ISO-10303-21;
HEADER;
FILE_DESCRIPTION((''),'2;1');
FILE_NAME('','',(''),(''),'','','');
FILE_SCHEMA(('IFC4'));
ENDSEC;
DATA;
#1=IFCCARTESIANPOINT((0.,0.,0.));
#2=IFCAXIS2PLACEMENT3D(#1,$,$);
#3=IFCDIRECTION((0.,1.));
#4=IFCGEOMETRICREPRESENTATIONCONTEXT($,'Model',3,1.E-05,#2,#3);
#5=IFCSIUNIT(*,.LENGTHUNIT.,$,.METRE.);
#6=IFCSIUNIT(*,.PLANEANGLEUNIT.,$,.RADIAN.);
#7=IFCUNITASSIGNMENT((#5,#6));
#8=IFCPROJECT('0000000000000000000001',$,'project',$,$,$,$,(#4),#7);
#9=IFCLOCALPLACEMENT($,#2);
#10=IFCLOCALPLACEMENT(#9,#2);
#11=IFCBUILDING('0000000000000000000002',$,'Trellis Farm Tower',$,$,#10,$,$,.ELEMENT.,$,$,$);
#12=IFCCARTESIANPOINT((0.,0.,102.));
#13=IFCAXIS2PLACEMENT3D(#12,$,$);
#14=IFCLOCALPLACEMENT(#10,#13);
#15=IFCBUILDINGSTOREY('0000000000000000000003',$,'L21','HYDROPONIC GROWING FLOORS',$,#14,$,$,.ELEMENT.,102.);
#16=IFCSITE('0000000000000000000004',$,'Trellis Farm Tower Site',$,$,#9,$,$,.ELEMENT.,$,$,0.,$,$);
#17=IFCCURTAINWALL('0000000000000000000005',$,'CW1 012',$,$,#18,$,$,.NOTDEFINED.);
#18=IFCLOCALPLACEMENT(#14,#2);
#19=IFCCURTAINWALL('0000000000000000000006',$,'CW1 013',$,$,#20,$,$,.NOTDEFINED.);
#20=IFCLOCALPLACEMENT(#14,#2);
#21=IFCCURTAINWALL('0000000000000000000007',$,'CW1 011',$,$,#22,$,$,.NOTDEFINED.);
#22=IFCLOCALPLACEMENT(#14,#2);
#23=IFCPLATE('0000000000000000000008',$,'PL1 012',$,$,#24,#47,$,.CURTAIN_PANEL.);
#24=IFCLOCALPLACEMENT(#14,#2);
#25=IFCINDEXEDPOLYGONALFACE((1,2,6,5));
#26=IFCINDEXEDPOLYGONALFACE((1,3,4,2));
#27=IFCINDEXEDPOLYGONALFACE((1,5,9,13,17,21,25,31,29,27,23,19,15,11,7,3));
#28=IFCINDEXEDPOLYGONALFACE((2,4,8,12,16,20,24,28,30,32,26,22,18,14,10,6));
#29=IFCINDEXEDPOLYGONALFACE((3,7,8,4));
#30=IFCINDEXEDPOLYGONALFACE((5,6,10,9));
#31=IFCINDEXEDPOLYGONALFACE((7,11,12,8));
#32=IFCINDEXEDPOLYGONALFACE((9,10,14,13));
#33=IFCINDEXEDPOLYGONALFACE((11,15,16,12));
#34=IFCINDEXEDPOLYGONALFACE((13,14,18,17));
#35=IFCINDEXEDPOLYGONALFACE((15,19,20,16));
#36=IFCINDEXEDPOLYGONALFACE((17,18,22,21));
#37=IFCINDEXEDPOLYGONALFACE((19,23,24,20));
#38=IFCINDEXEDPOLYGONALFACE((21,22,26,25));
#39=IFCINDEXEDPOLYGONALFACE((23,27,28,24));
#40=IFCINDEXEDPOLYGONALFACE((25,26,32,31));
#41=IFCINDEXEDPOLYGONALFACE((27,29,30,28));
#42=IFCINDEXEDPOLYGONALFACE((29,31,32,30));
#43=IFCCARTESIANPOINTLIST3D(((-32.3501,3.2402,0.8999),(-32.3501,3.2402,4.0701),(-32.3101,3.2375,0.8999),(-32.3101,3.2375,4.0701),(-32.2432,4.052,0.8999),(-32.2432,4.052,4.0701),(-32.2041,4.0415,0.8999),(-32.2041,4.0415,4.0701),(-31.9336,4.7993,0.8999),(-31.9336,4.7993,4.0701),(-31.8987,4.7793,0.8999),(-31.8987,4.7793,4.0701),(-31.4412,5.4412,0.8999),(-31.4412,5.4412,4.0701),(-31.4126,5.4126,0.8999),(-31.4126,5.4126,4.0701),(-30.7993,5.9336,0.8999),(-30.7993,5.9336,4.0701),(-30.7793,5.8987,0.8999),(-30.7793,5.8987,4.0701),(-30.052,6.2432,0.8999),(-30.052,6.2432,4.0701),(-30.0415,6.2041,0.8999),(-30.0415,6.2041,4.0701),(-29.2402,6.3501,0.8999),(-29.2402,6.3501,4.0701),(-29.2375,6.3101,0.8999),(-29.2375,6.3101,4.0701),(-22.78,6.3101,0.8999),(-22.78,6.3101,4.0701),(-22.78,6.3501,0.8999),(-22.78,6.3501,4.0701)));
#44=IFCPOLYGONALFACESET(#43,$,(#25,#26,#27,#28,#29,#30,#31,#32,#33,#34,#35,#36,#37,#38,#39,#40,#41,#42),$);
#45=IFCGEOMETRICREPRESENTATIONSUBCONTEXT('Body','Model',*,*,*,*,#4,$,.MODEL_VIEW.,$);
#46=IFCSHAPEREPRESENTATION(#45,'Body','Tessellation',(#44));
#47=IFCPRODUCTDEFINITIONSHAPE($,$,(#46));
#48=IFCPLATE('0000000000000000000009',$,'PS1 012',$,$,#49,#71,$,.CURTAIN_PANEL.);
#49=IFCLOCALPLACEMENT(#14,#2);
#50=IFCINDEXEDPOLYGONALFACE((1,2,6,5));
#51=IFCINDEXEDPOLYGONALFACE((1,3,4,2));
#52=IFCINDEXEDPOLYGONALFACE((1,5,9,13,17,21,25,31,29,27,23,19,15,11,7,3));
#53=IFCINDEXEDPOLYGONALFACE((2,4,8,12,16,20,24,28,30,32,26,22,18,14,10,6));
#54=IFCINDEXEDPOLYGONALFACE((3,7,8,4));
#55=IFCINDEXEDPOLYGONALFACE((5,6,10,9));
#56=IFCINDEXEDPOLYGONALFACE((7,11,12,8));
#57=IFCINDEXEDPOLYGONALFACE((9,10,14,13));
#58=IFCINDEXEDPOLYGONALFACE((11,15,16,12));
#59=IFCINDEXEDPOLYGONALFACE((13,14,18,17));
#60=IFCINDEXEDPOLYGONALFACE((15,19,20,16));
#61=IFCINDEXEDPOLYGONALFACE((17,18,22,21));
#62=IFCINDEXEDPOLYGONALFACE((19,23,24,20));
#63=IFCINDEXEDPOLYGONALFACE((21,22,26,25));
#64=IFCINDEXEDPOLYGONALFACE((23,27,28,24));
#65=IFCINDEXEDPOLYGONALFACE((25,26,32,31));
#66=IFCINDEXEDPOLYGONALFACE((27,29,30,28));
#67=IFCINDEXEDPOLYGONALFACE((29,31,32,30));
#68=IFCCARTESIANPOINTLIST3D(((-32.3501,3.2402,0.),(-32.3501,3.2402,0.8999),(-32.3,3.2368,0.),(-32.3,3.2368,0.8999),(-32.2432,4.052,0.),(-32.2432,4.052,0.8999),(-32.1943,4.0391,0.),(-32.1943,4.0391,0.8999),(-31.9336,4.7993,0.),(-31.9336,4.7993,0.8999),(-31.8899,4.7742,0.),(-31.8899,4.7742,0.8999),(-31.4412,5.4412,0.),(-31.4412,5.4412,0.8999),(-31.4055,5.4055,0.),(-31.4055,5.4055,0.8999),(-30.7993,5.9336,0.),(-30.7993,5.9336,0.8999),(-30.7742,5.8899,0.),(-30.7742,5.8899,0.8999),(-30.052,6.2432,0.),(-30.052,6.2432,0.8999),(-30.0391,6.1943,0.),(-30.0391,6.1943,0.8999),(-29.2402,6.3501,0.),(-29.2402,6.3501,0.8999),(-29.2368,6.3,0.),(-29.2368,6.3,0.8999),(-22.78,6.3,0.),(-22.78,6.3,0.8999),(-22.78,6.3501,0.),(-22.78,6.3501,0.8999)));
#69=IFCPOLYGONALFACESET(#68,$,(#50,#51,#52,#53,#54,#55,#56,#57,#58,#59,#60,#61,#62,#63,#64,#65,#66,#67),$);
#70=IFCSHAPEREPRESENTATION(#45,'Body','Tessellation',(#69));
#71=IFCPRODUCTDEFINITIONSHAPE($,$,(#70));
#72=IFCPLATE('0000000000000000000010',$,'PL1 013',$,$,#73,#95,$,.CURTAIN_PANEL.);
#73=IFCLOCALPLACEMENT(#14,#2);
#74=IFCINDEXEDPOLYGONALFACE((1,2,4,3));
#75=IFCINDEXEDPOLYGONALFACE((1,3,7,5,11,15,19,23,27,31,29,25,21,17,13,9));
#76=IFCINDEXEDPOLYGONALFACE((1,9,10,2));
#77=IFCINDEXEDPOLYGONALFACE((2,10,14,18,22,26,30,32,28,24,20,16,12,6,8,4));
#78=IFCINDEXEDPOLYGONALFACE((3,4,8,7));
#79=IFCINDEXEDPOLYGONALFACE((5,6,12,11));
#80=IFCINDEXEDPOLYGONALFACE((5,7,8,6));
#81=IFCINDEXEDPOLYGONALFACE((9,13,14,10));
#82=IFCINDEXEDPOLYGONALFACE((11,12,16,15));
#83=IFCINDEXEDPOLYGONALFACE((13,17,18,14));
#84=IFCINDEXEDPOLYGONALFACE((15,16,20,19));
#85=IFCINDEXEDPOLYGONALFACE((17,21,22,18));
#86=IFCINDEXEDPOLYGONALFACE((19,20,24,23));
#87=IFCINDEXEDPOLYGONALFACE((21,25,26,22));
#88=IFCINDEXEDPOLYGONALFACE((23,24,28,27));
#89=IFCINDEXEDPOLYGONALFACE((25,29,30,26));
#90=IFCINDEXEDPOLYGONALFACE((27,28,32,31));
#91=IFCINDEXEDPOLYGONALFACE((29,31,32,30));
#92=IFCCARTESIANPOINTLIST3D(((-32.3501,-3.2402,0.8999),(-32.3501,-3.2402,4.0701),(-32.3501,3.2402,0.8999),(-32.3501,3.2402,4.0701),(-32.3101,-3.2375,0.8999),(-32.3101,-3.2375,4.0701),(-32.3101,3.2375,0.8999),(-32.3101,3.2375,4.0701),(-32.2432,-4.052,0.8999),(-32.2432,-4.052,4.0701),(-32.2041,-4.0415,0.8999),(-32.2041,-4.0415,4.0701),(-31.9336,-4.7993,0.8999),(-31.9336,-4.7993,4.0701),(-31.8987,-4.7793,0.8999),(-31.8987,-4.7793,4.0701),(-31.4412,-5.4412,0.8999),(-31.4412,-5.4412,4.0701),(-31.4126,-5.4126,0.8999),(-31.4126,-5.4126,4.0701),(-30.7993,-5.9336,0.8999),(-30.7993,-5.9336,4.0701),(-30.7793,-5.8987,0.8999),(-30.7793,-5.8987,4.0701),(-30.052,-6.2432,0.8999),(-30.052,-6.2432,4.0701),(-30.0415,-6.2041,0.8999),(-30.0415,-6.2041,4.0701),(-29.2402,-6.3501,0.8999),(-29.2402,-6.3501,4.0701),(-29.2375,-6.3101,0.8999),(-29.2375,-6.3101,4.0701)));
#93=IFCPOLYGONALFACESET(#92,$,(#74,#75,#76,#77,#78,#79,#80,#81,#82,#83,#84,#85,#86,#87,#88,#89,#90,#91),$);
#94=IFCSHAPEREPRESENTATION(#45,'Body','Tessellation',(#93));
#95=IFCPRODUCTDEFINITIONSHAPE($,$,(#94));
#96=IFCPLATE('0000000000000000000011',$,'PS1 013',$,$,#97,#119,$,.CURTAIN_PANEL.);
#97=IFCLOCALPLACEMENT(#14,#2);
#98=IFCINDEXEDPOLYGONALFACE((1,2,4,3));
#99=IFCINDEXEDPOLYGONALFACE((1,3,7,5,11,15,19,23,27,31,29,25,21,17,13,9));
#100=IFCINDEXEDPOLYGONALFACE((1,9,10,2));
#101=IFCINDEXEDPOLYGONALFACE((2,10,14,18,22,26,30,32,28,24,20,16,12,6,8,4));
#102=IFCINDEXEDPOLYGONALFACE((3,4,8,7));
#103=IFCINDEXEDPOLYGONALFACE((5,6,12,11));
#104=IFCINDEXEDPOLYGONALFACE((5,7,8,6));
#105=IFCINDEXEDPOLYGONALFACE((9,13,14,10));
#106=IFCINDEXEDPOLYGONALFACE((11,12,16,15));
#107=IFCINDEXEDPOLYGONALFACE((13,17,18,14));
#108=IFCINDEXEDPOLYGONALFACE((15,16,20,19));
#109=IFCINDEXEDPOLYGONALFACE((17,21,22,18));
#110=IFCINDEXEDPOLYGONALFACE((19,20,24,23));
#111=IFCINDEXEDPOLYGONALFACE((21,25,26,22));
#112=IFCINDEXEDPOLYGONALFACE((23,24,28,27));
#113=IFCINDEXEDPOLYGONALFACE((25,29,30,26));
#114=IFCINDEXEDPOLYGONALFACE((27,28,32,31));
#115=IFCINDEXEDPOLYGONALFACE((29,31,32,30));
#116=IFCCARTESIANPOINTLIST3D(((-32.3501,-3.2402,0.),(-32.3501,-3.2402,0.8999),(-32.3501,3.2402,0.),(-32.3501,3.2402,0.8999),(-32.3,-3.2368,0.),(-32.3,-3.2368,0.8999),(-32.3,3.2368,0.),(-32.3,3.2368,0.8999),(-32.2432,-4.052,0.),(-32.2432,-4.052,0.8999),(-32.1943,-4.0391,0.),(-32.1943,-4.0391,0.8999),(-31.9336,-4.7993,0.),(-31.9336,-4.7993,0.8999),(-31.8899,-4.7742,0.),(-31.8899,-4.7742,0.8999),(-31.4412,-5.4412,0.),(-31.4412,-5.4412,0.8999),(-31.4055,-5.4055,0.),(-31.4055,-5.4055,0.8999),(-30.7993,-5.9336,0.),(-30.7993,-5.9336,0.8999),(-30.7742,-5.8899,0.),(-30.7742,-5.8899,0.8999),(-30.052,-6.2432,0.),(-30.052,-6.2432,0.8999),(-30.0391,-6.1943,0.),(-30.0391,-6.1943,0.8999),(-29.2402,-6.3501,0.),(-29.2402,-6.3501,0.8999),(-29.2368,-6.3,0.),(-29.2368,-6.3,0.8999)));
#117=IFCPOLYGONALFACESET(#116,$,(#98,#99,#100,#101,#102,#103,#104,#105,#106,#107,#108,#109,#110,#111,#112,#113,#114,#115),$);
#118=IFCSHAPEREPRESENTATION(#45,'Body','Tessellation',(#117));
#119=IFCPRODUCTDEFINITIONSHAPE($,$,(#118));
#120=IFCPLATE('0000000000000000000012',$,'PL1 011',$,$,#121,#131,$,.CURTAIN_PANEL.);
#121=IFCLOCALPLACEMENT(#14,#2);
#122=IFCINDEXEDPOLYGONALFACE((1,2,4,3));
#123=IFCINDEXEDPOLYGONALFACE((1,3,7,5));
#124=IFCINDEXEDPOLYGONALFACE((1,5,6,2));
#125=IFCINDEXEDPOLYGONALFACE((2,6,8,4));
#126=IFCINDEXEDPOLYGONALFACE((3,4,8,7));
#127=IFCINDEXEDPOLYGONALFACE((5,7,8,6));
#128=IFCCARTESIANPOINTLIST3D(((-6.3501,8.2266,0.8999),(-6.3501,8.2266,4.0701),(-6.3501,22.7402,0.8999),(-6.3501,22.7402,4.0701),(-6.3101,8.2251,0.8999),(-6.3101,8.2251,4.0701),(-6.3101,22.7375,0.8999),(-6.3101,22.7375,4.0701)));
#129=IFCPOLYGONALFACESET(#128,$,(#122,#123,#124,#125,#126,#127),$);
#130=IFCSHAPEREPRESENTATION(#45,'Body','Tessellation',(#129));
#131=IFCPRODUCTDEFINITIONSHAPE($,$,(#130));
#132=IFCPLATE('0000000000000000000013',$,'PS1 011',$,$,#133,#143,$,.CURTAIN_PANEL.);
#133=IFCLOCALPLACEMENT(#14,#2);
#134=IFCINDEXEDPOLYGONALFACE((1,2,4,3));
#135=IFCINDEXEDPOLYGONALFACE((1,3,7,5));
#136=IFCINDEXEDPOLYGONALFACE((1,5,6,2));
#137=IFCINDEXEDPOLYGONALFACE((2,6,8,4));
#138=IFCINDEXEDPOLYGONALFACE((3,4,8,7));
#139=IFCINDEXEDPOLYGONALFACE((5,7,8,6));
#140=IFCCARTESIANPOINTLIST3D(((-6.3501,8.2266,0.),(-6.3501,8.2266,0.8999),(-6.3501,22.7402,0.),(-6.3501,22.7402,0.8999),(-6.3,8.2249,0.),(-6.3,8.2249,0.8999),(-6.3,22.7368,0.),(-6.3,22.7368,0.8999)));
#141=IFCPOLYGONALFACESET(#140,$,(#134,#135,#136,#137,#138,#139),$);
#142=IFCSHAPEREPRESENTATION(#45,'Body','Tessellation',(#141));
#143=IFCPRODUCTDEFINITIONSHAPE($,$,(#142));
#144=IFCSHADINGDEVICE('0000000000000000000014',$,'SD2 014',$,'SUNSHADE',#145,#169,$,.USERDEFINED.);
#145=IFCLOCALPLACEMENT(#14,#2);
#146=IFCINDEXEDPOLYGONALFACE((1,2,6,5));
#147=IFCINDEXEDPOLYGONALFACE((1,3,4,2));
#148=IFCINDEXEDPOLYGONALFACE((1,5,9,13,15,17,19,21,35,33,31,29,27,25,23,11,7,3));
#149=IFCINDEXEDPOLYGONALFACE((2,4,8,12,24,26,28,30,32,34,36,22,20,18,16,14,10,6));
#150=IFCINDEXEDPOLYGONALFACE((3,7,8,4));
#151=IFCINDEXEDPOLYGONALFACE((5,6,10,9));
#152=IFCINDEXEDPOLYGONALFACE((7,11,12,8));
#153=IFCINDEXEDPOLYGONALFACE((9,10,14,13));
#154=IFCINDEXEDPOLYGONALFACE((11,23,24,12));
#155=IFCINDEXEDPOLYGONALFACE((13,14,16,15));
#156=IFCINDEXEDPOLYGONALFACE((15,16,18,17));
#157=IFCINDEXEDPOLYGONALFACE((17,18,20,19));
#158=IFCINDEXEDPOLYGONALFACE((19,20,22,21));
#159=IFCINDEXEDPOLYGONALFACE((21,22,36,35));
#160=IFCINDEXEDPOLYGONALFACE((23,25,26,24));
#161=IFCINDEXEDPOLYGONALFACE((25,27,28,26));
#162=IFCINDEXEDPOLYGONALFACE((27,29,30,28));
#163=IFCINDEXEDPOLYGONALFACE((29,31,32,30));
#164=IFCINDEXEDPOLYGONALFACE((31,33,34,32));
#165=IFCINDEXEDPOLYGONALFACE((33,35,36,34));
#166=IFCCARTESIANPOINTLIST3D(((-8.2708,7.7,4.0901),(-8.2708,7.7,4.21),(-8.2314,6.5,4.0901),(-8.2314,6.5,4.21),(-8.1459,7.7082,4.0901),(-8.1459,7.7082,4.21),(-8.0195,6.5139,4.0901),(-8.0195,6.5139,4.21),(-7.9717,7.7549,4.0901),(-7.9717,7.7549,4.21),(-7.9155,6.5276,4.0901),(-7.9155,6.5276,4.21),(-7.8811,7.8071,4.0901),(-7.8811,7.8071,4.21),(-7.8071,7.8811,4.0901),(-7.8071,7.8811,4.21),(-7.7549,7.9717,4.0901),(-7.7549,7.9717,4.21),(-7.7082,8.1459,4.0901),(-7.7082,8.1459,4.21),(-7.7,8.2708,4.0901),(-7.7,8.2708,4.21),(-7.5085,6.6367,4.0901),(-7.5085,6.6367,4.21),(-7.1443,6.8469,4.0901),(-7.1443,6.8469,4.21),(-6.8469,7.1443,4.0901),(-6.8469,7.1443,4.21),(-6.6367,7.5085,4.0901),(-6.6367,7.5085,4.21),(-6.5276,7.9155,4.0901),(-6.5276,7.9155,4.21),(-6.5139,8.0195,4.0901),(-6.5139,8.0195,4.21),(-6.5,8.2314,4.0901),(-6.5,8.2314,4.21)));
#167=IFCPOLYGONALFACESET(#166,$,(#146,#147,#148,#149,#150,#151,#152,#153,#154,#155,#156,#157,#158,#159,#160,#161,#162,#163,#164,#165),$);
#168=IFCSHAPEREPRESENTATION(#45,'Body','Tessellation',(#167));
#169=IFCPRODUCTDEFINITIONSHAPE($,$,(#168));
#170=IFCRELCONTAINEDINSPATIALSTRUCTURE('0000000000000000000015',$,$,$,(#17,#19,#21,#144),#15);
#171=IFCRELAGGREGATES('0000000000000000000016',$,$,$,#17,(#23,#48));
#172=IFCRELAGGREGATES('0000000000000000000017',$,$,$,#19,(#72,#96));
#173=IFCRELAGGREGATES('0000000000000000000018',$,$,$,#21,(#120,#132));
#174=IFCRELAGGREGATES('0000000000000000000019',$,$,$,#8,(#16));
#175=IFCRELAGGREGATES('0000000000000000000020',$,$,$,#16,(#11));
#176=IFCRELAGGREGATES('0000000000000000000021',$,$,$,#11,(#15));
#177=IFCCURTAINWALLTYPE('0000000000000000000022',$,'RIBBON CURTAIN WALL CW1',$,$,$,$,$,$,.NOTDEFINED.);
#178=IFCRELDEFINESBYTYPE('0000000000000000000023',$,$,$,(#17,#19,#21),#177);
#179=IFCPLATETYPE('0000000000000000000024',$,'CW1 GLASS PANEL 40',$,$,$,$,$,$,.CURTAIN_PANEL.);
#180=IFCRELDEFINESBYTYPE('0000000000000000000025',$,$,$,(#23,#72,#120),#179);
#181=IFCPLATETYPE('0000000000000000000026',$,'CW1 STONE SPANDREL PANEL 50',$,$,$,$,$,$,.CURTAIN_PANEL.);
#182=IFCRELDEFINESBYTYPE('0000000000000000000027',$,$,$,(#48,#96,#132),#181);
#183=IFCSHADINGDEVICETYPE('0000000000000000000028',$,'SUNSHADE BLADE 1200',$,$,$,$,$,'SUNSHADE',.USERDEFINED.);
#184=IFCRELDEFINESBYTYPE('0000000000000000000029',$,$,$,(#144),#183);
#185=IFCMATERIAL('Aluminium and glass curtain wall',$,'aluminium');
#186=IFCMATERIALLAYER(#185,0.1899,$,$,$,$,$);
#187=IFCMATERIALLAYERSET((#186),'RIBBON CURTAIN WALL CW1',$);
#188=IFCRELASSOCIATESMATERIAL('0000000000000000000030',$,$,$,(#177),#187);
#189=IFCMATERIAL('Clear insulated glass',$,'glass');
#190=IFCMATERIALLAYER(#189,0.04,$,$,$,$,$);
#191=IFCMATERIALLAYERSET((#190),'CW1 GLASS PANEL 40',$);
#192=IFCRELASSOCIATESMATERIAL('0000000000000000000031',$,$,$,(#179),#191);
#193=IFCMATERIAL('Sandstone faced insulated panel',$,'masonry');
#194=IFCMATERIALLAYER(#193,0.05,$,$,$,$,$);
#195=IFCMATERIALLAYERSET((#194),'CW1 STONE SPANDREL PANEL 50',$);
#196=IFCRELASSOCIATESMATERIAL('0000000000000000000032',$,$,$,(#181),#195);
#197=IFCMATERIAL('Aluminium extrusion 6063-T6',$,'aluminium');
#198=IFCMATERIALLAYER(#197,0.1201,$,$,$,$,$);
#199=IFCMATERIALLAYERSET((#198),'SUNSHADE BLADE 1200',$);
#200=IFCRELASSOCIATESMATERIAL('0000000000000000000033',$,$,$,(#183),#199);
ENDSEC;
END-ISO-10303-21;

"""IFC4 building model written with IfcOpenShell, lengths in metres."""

from ifc_helpers import new_model, si_unit, direction, frame, origin, place, context, subcontext, project, spatial, polyline, outline, extrude, source, transform, mapped, material, layer, layer_set, type_object, element, aggregate, save


model = new_model("IFC4")

# Units and contexts
model_context = context("Model", 3, precision=1e-05, world=origin(), true_north=direction((0.0, 1.0)))
body_context = subcontext(model_context, "Body", "Model", "MODEL_VIEW")
ifc_project = project(units=[si_unit("LENGTHUNIT", "METRE"), si_unit("PLANEANGLEUNIT", "RADIAN")], contexts=[model_context])

# Site, building, storey
site_placement = place(None, origin())
site = spatial("IfcSite", under=ifc_project, at=site_placement, Name="Trellis Farm Tower Site", CompositionType="ELEMENT", RefElevation=0.0)
building_placement = place(site_placement, origin())
building = spatial("IfcBuilding", under=site, at=building_placement, Name="Trellis Farm Tower", CompositionType="ELEMENT")
storey_placement = place(building_placement, frame((0.0, 0.0, 102.0)))
storey = spatial("IfcBuildingStorey", under=building, at=storey_placement, Name="L21", Description="HYDROPONIC GROWING FLOORS", CompositionType="ELEMENT", Elevation=102.0)

# Curtain walls
ifc_material_1 = material(Name="Aluminium and glass curtain wall", Category="aluminium")
placement_1 = place(storey_placement, origin())
ifc_material_2 = material(Name="Aluminium extrusion 6063-T6", Category="aluminium")
ifc_layer_1 = layer(ifc_material_1, 0.1899)
ifc_layer_set_1 = layer_set([ifc_layer_1], Name="RIBBON CURTAIN WALL CW1")
curtain_wall_type_1 = type_object("IfcCurtainWallType", Name="RIBBON CURTAIN WALL CW1", PredefinedType="NOTDEFINED", material=ifc_layer_set_1)
curtain_wall_1 = element("IfcCurtainWall", 1, at=placement_1, inside=storey, type_object=curtain_wall_type_1, Name="CW1 012", PredefinedType="NOTDEFINED")
curtain_wall_2 = element("IfcCurtainWall", 2, at=placement_1, inside=storey, type_object=curtain_wall_type_1, Name="CW1 013", PredefinedType="NOTDEFINED")
curtain_wall_3 = element("IfcCurtainWall", 3, at=placement_1, inside=storey, type_object=curtain_wall_type_1, Name="CW1 011", PredefinedType="NOTDEFINED")

# Plates
ifc_material_3 = material(Name="Clear insulated glass", Category="glass")
ifc_layer_2 = layer(ifc_material_3, 0.04)
ifc_layer_set_2 = layer_set([ifc_layer_2], Name="CW1 GLASS PANEL 40")
plate_type_1 = type_object("IfcPlateType", Name="CW1 GLASS PANEL 40", PredefinedType="CURTAIN_PANEL", material=ifc_layer_set_2)
shared_shape_1 = source(origin(), body_context, "Body", "SweptSolid", [
    extrude(outline(polyline([(-22.78, 6.3501), (-29.2402, 6.3501), (-30.052, 6.2432), (-30.7993, 5.9336), (-31.4412, 5.4412), (-31.9336, 4.7993), (-32.2432, 4.052), (-32.3501, 3.2402), (-32.3101, 3.2375), (-32.2041, 4.0415), (-31.8987, 4.7793), (-31.4126, 5.4126), (-30.7793, 5.8987), (-30.0415, 6.2041), (-29.2375, 6.3101), (-22.78, 6.3101), (-22.78, 6.3501)])), origin(), (0.0, 0.0, 1.0), 3.1702),
])
placement_2 = place(storey_placement, frame((0.0, 0.0, 0.8999)))
plate_1 = element("IfcPlate", 4, at=placement_2, type_object=plate_type_1, Name="PL1 012", PredefinedType="CURTAIN_PANEL", context=body_context, shape_type="MappedRepresentation", body=[
    mapped(shared_shape_1, transform((0.0, 0.0, 0.0))),
])
ifc_material_4 = material(Name="Sandstone faced insulated panel", Category="masonry")
ifc_layer_3 = layer(ifc_material_4, 0.05)
ifc_layer_set_3 = layer_set([ifc_layer_3], Name="CW1 STONE SPANDREL PANEL 50")
plate_type_2 = type_object("IfcPlateType", Name="CW1 STONE SPANDREL PANEL 50", PredefinedType="CURTAIN_PANEL", material=ifc_layer_set_3)
shared_shape_2 = source(origin(), body_context, "Body", "SweptSolid", [
    extrude(outline(polyline([(-22.78, 6.3501), (-29.2402, 6.3501), (-30.052, 6.2432), (-30.7993, 5.9336), (-31.4412, 5.4412), (-31.9336, 4.7993), (-32.2432, 4.052), (-32.3501, 3.2402), (-32.3, 3.2368), (-32.1943, 4.0391), (-31.8899, 4.7742), (-31.4055, 5.4055), (-30.7742, 5.8899), (-30.0391, 6.1943), (-29.2368, 6.3), (-22.78, 6.3), (-22.78, 6.3501)])), origin(), (0.0, 0.0, 1.0), 0.8999),
])
plate_2 = element("IfcPlate", 5, at=placement_1, type_object=plate_type_2, Name="PS1 012", PredefinedType="CURTAIN_PANEL", context=body_context, shape_type="MappedRepresentation", body=[
    mapped(shared_shape_2, transform((0.0, 0.0, 0.0))),
])
aggregate(curtain_wall_1, [plate_1, plate_2])
shared_shape_3 = source(origin(), body_context, "Body", "SweptSolid", [
    extrude(outline(polyline([(-32.3501, 3.2402), (-32.3501, -3.2402), (-32.2432, -4.052), (-31.9336, -4.7993), (-31.4412, -5.4412), (-30.7993, -5.9336), (-30.052, -6.2432), (-29.2402, -6.3501), (-29.2375, -6.3101), (-30.0415, -6.2041), (-30.7793, -5.8987), (-31.4126, -5.4126), (-31.8987, -4.7793), (-32.2041, -4.0415), (-32.3101, -3.2375), (-32.3101, 3.2375), (-32.3501, 3.2402)])), origin(), (0.0, 0.0, 1.0), 3.1702),
])
plate_3 = element("IfcPlate", 6, at=placement_2, type_object=plate_type_1, Name="PL1 013", PredefinedType="CURTAIN_PANEL", context=body_context, shape_type="MappedRepresentation", body=[
    mapped(shared_shape_3, transform((0.0, 0.0, 0.0))),
])
shared_shape_4 = source(origin(), body_context, "Body", "SweptSolid", [
    extrude(outline(polyline([(-32.3501, 3.2402), (-32.3501, -3.2402), (-32.2432, -4.052), (-31.9336, -4.7993), (-31.4412, -5.4412), (-30.7993, -5.9336), (-30.052, -6.2432), (-29.2402, -6.3501), (-29.2368, -6.3), (-30.0391, -6.1943), (-30.7742, -5.8899), (-31.4055, -5.4055), (-31.8899, -4.7742), (-32.1943, -4.0391), (-32.3, -3.2368), (-32.3, 3.2368), (-32.3501, 3.2402)])), origin(), (0.0, 0.0, 1.0), 0.8999),
])
plate_4 = element("IfcPlate", 7, at=placement_1, type_object=plate_type_2, Name="PS1 013", PredefinedType="CURTAIN_PANEL", context=body_context, shape_type="MappedRepresentation", body=[
    mapped(shared_shape_4, transform((0.0, 0.0, 0.0))),
])
aggregate(curtain_wall_2, [plate_3, plate_4])
shared_shape_5 = source(origin(), body_context, "Body", "SweptSolid", [
    extrude(outline(polyline([(-6.3501, 22.7402), (-6.3501, 8.2266), (-6.3101, 8.2251), (-6.3101, 22.7375), (-6.3501, 22.7402)])), origin(), (0.0, 0.0, 1.0), 3.1702),
])
plate_5 = element("IfcPlate", 8, at=placement_2, type_object=plate_type_1, Name="PL1 011", PredefinedType="CURTAIN_PANEL", context=body_context, shape_type="MappedRepresentation", body=[
    mapped(shared_shape_5, transform((0.0, 0.0, 0.0))),
])
shared_shape_6 = source(origin(), body_context, "Body", "SweptSolid", [
    extrude(outline(polyline([(-6.3501, 22.7402), (-6.3501, 8.2266), (-6.3, 8.2249), (-6.3, 22.7368), (-6.3501, 22.7402)])), origin(), (0.0, 0.0, 1.0), 0.8999),
])
plate_6 = element("IfcPlate", 9, at=placement_1, type_object=plate_type_2, Name="PS1 011", PredefinedType="CURTAIN_PANEL", context=body_context, shape_type="MappedRepresentation", body=[
    mapped(shared_shape_6, transform((0.0, 0.0, 0.0))),
])
aggregate(curtain_wall_3, [plate_5, plate_6])

# Shading device
ifc_layer_4 = layer(ifc_material_2, 0.1201)
ifc_layer_set_4 = layer_set([ifc_layer_4], Name="SUNSHADE BLADE 1200")
shading_device_type_1 = type_object("IfcShadingDeviceType", Name="SUNSHADE BLADE 1200", ElementType="SUNSHADE", PredefinedType="USERDEFINED", material=ifc_layer_set_4)
shared_shape_7 = source(origin(), body_context, "Body", "SweptSolid", [
    extrude(outline(polyline([(-7.7, 8.2708), (-7.7087, 8.1372), (-7.707, 8.1501), (-7.7549, 7.9717), (-7.8071, 7.8811), (-7.8811, 7.8071), (-7.9717, 7.7549), (-8.1501, 7.707), (-8.1372, 7.7087), (-8.2708, 7.7), (-8.2314, 6.5), (-8.0195, 6.5139), (-7.9155, 6.5276), (-7.5085, 6.6367), (-7.1443, 6.8469), (-6.8469, 7.1443), (-6.6367, 7.5085), (-6.5276, 7.9155), (-6.5139, 8.0195), (-6.5, 8.2314), (-7.7, 8.2708)])), origin(), (0.0, 0.0, 1.0), 0.1199),
])
placement_3 = place(storey_placement, frame((0.0, 0.0, 4.0901)))
element("IfcShadingDevice", 10, at=placement_3, inside=storey, type_object=shading_device_type_1, Name="SD2 014", ObjectType="SUNSHADE", PredefinedType="USERDEFINED", context=body_context, shape_type="MappedRepresentation", body=[
    mapped(shared_shape_7, transform((0.0, 0.0, 0.0))),
])

save(model, "model.ifc")
